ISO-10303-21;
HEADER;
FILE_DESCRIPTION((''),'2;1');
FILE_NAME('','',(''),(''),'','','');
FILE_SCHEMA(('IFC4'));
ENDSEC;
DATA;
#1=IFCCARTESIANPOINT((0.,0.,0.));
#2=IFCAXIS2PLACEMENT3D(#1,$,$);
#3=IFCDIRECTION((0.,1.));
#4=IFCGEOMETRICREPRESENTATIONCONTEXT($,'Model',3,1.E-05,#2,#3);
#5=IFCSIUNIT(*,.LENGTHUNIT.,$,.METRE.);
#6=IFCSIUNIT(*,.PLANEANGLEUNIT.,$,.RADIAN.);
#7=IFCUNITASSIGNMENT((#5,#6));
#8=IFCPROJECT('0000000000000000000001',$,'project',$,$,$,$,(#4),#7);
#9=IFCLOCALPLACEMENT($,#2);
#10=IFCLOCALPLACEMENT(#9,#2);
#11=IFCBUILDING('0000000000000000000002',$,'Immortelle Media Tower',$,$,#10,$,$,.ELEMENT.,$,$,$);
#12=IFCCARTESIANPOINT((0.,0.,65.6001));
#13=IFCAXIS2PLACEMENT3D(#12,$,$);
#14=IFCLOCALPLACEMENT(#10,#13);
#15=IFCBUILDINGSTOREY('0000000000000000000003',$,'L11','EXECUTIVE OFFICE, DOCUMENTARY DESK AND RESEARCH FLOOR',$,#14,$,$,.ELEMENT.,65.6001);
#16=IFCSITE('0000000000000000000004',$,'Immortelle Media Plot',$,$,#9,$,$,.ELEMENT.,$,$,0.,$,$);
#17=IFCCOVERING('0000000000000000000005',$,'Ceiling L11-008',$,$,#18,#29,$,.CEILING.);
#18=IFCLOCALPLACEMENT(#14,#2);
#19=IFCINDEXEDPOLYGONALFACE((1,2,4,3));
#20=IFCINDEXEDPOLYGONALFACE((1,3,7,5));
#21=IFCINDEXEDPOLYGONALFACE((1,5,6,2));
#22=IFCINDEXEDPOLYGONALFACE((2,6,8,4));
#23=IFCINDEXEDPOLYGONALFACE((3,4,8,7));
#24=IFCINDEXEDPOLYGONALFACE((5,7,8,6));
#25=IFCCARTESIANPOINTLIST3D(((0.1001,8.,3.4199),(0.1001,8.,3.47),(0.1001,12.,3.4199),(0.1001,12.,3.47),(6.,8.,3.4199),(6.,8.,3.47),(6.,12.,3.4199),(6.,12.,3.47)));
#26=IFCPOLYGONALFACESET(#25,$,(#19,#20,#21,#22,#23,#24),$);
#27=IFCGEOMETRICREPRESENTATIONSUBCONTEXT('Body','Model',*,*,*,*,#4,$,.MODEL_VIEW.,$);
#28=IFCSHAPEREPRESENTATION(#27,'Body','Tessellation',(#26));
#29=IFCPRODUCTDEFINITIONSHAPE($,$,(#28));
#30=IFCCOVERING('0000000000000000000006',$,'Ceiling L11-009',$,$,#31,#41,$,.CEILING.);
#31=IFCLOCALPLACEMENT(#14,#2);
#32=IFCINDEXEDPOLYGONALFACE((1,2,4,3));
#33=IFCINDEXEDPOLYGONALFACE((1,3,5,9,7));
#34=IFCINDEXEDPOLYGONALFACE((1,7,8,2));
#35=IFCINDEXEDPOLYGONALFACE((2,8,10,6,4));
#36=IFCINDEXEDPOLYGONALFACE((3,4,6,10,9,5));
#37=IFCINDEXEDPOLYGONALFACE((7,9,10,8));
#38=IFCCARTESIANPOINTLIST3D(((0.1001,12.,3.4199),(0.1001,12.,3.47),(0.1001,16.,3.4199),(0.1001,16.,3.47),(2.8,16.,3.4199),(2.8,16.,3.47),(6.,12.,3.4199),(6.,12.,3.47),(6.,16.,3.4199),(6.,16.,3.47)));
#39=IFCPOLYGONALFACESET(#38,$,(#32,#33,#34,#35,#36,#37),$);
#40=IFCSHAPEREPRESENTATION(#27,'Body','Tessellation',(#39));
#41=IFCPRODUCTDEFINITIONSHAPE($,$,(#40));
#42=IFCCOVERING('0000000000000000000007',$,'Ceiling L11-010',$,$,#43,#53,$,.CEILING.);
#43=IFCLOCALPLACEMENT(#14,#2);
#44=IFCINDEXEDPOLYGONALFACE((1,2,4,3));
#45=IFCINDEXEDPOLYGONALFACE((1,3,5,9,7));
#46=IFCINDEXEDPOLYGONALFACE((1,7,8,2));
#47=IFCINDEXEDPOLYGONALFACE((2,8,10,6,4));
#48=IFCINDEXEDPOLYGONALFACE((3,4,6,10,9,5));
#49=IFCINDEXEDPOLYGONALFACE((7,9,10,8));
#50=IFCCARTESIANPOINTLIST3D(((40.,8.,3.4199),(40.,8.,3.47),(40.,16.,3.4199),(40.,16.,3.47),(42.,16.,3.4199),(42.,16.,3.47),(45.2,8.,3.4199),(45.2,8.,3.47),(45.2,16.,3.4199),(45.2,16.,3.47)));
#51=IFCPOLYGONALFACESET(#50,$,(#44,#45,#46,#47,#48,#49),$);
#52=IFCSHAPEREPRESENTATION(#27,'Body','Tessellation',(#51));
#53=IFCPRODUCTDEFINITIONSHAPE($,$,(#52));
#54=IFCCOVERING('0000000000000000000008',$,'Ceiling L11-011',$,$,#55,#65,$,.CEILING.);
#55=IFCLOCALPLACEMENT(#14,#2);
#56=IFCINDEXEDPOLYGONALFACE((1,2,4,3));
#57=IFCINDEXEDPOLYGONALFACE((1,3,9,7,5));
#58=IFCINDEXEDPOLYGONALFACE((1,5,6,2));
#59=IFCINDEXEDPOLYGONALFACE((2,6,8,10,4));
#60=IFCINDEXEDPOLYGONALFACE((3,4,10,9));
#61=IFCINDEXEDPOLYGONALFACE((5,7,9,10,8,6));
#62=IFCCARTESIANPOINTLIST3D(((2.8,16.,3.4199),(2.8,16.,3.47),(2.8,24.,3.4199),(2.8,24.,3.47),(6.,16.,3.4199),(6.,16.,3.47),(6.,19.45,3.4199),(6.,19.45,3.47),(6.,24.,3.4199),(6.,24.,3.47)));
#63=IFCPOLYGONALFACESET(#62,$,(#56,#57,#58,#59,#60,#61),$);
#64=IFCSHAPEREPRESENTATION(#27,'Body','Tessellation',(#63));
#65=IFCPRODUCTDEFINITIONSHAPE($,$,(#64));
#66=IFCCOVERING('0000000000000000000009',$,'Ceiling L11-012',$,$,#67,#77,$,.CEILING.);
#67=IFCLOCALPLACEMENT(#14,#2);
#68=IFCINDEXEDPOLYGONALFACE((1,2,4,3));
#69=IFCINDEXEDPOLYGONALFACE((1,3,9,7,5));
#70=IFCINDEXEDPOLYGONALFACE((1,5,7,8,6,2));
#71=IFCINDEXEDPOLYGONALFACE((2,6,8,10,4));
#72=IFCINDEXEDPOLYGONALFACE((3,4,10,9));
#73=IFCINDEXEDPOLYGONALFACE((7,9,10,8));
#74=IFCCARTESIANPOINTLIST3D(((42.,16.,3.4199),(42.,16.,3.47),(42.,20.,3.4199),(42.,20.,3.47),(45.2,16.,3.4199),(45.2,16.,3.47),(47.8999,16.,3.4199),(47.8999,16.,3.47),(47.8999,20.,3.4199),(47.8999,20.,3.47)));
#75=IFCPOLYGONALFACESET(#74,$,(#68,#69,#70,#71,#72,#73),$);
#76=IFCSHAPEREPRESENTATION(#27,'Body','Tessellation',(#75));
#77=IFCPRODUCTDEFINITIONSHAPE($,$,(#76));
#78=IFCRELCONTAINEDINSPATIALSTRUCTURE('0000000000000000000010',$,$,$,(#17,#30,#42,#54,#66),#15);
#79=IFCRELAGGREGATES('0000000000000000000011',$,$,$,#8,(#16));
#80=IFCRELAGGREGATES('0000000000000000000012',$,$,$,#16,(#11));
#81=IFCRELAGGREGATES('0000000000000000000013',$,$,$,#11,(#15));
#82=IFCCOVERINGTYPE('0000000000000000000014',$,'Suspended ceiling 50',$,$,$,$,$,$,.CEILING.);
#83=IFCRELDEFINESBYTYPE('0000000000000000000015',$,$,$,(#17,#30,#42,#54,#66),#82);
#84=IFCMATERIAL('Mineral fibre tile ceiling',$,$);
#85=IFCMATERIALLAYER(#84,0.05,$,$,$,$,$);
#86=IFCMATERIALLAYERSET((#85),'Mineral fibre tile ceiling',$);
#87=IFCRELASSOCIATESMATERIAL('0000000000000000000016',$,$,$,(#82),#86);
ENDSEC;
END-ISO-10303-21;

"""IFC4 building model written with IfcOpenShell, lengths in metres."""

from ifc_helpers import new_model, si_unit, direction, frame, origin, place, context, subcontext, project, spatial, polyline, outline, extrude, material, layer, layer_set, type_object, element, save


model = new_model("IFC4")

# Units and contexts
model_context = context("Model", 3, precision=1e-05, world=origin(), true_north=direction((0.0, 1.0)))
body_context = subcontext(model_context, "Body", "Model", "MODEL_VIEW")
ifc_project = project(units=[si_unit("LENGTHUNIT", "METRE"), si_unit("PLANEANGLEUNIT", "RADIAN")], contexts=[model_context])

# Site, building, storey
site_placement = place(None, origin())
site = spatial("IfcSite", under=ifc_project, at=site_placement, Name="Immortelle Media Plot", CompositionType="ELEMENT", RefElevation=0.0)
building_placement = place(site_placement, origin())
building = spatial("IfcBuilding", under=site, at=building_placement, Name="Immortelle Media Tower", CompositionType="ELEMENT")
storey_placement = place(building_placement, frame((0.0, 0.0, 65.6001)))
storey = spatial("IfcBuildingStorey", under=building, at=storey_placement, Name="L11", Description="EXECUTIVE OFFICE, DOCUMENTARY DESK AND RESEARCH FLOOR", CompositionType="ELEMENT", Elevation=65.6001)

# Coverings
ifc_material_1 = material(Name="Mineral fibre tile ceiling")
ifc_layer_1 = layer(ifc_material_1, 0.05)
ifc_layer_set_1 = layer_set([ifc_layer_1], Name="Mineral fibre tile ceiling")
covering_type = type_object("IfcCoveringType", Name="Suspended ceiling 50", PredefinedType="CEILING", material=ifc_layer_set_1)
covering_1_placement = place(storey_placement, frame((0.0, 0.0, 3.4199)))
element("IfcCovering", 1, at=covering_1_placement, inside=storey, type_object=covering_type, Name="Ceiling L11-008", PredefinedType="CEILING", context=body_context, shape_type="SweptSolid", body=[
    extrude(outline(polyline([(0.1001, 8.0), (0.1001, 12.0), (6.0, 12.0), (6.0, 8.0), (0.1001, 8.0)])), origin(), (0.0, 0.0, 1.0), 0.05),
])
covering_2_placement = place(storey_placement, frame((0.0, 0.0, 3.4199)))
element("IfcCovering", 2, at=covering_2_placement, inside=storey, type_object=covering_type, Name="Ceiling L11-009", PredefinedType="CEILING", context=body_context, shape_type="SweptSolid", body=[
    extrude(outline(polyline([(0.1001, 16.0), (2.8, 16.0), (6.0, 16.0), (6.0, 12.0), (0.1001, 12.0), (0.1001, 16.0)])), origin(), (0.0, 0.0, 1.0), 0.05),
])
covering_3_placement = place(storey_placement, frame((0.0, 0.0, 3.4199)))
element("IfcCovering", 3, at=covering_3_placement, inside=storey, type_object=covering_type, Name="Ceiling L11-010", PredefinedType="CEILING", context=body_context, shape_type="SweptSolid", body=[
    extrude(outline(polyline([(45.2, 8.0), (40.0, 8.0), (40.0, 16.0), (42.0, 16.0), (45.2, 16.0), (45.2, 8.0)])), origin(), (0.0, 0.0, 1.0), 0.05),
])
covering_4_placement = place(storey_placement, frame((0.0, 0.0, 3.4199)))
element("IfcCovering", 4, at=covering_4_placement, inside=storey, type_object=covering_type, Name="Ceiling L11-011", PredefinedType="CEILING", context=body_context, shape_type="SweptSolid", body=[
    extrude(outline(polyline([(6.0, 19.45), (6.0, 16.0), (2.8, 16.0), (2.8, 24.0), (6.0, 24.0), (6.0, 19.45)])), origin(), (0.0, 0.0, 1.0), 0.05),
])
covering_5_placement = place(storey_placement, frame((0.0, 0.0, 3.4199)))
element("IfcCovering", 5, at=covering_5_placement, inside=storey, type_object=covering_type, Name="Ceiling L11-012", PredefinedType="CEILING", context=body_context, shape_type="SweptSolid", body=[
    extrude(outline(polyline([(42.0, 16.0), (42.0, 20.0), (47.8999, 20.0), (47.8999, 16.0), (45.2, 16.0), (42.0, 16.0)])), origin(), (0.0, 0.0, 1.0), 0.05),
])

save(model, "model.ifc")
